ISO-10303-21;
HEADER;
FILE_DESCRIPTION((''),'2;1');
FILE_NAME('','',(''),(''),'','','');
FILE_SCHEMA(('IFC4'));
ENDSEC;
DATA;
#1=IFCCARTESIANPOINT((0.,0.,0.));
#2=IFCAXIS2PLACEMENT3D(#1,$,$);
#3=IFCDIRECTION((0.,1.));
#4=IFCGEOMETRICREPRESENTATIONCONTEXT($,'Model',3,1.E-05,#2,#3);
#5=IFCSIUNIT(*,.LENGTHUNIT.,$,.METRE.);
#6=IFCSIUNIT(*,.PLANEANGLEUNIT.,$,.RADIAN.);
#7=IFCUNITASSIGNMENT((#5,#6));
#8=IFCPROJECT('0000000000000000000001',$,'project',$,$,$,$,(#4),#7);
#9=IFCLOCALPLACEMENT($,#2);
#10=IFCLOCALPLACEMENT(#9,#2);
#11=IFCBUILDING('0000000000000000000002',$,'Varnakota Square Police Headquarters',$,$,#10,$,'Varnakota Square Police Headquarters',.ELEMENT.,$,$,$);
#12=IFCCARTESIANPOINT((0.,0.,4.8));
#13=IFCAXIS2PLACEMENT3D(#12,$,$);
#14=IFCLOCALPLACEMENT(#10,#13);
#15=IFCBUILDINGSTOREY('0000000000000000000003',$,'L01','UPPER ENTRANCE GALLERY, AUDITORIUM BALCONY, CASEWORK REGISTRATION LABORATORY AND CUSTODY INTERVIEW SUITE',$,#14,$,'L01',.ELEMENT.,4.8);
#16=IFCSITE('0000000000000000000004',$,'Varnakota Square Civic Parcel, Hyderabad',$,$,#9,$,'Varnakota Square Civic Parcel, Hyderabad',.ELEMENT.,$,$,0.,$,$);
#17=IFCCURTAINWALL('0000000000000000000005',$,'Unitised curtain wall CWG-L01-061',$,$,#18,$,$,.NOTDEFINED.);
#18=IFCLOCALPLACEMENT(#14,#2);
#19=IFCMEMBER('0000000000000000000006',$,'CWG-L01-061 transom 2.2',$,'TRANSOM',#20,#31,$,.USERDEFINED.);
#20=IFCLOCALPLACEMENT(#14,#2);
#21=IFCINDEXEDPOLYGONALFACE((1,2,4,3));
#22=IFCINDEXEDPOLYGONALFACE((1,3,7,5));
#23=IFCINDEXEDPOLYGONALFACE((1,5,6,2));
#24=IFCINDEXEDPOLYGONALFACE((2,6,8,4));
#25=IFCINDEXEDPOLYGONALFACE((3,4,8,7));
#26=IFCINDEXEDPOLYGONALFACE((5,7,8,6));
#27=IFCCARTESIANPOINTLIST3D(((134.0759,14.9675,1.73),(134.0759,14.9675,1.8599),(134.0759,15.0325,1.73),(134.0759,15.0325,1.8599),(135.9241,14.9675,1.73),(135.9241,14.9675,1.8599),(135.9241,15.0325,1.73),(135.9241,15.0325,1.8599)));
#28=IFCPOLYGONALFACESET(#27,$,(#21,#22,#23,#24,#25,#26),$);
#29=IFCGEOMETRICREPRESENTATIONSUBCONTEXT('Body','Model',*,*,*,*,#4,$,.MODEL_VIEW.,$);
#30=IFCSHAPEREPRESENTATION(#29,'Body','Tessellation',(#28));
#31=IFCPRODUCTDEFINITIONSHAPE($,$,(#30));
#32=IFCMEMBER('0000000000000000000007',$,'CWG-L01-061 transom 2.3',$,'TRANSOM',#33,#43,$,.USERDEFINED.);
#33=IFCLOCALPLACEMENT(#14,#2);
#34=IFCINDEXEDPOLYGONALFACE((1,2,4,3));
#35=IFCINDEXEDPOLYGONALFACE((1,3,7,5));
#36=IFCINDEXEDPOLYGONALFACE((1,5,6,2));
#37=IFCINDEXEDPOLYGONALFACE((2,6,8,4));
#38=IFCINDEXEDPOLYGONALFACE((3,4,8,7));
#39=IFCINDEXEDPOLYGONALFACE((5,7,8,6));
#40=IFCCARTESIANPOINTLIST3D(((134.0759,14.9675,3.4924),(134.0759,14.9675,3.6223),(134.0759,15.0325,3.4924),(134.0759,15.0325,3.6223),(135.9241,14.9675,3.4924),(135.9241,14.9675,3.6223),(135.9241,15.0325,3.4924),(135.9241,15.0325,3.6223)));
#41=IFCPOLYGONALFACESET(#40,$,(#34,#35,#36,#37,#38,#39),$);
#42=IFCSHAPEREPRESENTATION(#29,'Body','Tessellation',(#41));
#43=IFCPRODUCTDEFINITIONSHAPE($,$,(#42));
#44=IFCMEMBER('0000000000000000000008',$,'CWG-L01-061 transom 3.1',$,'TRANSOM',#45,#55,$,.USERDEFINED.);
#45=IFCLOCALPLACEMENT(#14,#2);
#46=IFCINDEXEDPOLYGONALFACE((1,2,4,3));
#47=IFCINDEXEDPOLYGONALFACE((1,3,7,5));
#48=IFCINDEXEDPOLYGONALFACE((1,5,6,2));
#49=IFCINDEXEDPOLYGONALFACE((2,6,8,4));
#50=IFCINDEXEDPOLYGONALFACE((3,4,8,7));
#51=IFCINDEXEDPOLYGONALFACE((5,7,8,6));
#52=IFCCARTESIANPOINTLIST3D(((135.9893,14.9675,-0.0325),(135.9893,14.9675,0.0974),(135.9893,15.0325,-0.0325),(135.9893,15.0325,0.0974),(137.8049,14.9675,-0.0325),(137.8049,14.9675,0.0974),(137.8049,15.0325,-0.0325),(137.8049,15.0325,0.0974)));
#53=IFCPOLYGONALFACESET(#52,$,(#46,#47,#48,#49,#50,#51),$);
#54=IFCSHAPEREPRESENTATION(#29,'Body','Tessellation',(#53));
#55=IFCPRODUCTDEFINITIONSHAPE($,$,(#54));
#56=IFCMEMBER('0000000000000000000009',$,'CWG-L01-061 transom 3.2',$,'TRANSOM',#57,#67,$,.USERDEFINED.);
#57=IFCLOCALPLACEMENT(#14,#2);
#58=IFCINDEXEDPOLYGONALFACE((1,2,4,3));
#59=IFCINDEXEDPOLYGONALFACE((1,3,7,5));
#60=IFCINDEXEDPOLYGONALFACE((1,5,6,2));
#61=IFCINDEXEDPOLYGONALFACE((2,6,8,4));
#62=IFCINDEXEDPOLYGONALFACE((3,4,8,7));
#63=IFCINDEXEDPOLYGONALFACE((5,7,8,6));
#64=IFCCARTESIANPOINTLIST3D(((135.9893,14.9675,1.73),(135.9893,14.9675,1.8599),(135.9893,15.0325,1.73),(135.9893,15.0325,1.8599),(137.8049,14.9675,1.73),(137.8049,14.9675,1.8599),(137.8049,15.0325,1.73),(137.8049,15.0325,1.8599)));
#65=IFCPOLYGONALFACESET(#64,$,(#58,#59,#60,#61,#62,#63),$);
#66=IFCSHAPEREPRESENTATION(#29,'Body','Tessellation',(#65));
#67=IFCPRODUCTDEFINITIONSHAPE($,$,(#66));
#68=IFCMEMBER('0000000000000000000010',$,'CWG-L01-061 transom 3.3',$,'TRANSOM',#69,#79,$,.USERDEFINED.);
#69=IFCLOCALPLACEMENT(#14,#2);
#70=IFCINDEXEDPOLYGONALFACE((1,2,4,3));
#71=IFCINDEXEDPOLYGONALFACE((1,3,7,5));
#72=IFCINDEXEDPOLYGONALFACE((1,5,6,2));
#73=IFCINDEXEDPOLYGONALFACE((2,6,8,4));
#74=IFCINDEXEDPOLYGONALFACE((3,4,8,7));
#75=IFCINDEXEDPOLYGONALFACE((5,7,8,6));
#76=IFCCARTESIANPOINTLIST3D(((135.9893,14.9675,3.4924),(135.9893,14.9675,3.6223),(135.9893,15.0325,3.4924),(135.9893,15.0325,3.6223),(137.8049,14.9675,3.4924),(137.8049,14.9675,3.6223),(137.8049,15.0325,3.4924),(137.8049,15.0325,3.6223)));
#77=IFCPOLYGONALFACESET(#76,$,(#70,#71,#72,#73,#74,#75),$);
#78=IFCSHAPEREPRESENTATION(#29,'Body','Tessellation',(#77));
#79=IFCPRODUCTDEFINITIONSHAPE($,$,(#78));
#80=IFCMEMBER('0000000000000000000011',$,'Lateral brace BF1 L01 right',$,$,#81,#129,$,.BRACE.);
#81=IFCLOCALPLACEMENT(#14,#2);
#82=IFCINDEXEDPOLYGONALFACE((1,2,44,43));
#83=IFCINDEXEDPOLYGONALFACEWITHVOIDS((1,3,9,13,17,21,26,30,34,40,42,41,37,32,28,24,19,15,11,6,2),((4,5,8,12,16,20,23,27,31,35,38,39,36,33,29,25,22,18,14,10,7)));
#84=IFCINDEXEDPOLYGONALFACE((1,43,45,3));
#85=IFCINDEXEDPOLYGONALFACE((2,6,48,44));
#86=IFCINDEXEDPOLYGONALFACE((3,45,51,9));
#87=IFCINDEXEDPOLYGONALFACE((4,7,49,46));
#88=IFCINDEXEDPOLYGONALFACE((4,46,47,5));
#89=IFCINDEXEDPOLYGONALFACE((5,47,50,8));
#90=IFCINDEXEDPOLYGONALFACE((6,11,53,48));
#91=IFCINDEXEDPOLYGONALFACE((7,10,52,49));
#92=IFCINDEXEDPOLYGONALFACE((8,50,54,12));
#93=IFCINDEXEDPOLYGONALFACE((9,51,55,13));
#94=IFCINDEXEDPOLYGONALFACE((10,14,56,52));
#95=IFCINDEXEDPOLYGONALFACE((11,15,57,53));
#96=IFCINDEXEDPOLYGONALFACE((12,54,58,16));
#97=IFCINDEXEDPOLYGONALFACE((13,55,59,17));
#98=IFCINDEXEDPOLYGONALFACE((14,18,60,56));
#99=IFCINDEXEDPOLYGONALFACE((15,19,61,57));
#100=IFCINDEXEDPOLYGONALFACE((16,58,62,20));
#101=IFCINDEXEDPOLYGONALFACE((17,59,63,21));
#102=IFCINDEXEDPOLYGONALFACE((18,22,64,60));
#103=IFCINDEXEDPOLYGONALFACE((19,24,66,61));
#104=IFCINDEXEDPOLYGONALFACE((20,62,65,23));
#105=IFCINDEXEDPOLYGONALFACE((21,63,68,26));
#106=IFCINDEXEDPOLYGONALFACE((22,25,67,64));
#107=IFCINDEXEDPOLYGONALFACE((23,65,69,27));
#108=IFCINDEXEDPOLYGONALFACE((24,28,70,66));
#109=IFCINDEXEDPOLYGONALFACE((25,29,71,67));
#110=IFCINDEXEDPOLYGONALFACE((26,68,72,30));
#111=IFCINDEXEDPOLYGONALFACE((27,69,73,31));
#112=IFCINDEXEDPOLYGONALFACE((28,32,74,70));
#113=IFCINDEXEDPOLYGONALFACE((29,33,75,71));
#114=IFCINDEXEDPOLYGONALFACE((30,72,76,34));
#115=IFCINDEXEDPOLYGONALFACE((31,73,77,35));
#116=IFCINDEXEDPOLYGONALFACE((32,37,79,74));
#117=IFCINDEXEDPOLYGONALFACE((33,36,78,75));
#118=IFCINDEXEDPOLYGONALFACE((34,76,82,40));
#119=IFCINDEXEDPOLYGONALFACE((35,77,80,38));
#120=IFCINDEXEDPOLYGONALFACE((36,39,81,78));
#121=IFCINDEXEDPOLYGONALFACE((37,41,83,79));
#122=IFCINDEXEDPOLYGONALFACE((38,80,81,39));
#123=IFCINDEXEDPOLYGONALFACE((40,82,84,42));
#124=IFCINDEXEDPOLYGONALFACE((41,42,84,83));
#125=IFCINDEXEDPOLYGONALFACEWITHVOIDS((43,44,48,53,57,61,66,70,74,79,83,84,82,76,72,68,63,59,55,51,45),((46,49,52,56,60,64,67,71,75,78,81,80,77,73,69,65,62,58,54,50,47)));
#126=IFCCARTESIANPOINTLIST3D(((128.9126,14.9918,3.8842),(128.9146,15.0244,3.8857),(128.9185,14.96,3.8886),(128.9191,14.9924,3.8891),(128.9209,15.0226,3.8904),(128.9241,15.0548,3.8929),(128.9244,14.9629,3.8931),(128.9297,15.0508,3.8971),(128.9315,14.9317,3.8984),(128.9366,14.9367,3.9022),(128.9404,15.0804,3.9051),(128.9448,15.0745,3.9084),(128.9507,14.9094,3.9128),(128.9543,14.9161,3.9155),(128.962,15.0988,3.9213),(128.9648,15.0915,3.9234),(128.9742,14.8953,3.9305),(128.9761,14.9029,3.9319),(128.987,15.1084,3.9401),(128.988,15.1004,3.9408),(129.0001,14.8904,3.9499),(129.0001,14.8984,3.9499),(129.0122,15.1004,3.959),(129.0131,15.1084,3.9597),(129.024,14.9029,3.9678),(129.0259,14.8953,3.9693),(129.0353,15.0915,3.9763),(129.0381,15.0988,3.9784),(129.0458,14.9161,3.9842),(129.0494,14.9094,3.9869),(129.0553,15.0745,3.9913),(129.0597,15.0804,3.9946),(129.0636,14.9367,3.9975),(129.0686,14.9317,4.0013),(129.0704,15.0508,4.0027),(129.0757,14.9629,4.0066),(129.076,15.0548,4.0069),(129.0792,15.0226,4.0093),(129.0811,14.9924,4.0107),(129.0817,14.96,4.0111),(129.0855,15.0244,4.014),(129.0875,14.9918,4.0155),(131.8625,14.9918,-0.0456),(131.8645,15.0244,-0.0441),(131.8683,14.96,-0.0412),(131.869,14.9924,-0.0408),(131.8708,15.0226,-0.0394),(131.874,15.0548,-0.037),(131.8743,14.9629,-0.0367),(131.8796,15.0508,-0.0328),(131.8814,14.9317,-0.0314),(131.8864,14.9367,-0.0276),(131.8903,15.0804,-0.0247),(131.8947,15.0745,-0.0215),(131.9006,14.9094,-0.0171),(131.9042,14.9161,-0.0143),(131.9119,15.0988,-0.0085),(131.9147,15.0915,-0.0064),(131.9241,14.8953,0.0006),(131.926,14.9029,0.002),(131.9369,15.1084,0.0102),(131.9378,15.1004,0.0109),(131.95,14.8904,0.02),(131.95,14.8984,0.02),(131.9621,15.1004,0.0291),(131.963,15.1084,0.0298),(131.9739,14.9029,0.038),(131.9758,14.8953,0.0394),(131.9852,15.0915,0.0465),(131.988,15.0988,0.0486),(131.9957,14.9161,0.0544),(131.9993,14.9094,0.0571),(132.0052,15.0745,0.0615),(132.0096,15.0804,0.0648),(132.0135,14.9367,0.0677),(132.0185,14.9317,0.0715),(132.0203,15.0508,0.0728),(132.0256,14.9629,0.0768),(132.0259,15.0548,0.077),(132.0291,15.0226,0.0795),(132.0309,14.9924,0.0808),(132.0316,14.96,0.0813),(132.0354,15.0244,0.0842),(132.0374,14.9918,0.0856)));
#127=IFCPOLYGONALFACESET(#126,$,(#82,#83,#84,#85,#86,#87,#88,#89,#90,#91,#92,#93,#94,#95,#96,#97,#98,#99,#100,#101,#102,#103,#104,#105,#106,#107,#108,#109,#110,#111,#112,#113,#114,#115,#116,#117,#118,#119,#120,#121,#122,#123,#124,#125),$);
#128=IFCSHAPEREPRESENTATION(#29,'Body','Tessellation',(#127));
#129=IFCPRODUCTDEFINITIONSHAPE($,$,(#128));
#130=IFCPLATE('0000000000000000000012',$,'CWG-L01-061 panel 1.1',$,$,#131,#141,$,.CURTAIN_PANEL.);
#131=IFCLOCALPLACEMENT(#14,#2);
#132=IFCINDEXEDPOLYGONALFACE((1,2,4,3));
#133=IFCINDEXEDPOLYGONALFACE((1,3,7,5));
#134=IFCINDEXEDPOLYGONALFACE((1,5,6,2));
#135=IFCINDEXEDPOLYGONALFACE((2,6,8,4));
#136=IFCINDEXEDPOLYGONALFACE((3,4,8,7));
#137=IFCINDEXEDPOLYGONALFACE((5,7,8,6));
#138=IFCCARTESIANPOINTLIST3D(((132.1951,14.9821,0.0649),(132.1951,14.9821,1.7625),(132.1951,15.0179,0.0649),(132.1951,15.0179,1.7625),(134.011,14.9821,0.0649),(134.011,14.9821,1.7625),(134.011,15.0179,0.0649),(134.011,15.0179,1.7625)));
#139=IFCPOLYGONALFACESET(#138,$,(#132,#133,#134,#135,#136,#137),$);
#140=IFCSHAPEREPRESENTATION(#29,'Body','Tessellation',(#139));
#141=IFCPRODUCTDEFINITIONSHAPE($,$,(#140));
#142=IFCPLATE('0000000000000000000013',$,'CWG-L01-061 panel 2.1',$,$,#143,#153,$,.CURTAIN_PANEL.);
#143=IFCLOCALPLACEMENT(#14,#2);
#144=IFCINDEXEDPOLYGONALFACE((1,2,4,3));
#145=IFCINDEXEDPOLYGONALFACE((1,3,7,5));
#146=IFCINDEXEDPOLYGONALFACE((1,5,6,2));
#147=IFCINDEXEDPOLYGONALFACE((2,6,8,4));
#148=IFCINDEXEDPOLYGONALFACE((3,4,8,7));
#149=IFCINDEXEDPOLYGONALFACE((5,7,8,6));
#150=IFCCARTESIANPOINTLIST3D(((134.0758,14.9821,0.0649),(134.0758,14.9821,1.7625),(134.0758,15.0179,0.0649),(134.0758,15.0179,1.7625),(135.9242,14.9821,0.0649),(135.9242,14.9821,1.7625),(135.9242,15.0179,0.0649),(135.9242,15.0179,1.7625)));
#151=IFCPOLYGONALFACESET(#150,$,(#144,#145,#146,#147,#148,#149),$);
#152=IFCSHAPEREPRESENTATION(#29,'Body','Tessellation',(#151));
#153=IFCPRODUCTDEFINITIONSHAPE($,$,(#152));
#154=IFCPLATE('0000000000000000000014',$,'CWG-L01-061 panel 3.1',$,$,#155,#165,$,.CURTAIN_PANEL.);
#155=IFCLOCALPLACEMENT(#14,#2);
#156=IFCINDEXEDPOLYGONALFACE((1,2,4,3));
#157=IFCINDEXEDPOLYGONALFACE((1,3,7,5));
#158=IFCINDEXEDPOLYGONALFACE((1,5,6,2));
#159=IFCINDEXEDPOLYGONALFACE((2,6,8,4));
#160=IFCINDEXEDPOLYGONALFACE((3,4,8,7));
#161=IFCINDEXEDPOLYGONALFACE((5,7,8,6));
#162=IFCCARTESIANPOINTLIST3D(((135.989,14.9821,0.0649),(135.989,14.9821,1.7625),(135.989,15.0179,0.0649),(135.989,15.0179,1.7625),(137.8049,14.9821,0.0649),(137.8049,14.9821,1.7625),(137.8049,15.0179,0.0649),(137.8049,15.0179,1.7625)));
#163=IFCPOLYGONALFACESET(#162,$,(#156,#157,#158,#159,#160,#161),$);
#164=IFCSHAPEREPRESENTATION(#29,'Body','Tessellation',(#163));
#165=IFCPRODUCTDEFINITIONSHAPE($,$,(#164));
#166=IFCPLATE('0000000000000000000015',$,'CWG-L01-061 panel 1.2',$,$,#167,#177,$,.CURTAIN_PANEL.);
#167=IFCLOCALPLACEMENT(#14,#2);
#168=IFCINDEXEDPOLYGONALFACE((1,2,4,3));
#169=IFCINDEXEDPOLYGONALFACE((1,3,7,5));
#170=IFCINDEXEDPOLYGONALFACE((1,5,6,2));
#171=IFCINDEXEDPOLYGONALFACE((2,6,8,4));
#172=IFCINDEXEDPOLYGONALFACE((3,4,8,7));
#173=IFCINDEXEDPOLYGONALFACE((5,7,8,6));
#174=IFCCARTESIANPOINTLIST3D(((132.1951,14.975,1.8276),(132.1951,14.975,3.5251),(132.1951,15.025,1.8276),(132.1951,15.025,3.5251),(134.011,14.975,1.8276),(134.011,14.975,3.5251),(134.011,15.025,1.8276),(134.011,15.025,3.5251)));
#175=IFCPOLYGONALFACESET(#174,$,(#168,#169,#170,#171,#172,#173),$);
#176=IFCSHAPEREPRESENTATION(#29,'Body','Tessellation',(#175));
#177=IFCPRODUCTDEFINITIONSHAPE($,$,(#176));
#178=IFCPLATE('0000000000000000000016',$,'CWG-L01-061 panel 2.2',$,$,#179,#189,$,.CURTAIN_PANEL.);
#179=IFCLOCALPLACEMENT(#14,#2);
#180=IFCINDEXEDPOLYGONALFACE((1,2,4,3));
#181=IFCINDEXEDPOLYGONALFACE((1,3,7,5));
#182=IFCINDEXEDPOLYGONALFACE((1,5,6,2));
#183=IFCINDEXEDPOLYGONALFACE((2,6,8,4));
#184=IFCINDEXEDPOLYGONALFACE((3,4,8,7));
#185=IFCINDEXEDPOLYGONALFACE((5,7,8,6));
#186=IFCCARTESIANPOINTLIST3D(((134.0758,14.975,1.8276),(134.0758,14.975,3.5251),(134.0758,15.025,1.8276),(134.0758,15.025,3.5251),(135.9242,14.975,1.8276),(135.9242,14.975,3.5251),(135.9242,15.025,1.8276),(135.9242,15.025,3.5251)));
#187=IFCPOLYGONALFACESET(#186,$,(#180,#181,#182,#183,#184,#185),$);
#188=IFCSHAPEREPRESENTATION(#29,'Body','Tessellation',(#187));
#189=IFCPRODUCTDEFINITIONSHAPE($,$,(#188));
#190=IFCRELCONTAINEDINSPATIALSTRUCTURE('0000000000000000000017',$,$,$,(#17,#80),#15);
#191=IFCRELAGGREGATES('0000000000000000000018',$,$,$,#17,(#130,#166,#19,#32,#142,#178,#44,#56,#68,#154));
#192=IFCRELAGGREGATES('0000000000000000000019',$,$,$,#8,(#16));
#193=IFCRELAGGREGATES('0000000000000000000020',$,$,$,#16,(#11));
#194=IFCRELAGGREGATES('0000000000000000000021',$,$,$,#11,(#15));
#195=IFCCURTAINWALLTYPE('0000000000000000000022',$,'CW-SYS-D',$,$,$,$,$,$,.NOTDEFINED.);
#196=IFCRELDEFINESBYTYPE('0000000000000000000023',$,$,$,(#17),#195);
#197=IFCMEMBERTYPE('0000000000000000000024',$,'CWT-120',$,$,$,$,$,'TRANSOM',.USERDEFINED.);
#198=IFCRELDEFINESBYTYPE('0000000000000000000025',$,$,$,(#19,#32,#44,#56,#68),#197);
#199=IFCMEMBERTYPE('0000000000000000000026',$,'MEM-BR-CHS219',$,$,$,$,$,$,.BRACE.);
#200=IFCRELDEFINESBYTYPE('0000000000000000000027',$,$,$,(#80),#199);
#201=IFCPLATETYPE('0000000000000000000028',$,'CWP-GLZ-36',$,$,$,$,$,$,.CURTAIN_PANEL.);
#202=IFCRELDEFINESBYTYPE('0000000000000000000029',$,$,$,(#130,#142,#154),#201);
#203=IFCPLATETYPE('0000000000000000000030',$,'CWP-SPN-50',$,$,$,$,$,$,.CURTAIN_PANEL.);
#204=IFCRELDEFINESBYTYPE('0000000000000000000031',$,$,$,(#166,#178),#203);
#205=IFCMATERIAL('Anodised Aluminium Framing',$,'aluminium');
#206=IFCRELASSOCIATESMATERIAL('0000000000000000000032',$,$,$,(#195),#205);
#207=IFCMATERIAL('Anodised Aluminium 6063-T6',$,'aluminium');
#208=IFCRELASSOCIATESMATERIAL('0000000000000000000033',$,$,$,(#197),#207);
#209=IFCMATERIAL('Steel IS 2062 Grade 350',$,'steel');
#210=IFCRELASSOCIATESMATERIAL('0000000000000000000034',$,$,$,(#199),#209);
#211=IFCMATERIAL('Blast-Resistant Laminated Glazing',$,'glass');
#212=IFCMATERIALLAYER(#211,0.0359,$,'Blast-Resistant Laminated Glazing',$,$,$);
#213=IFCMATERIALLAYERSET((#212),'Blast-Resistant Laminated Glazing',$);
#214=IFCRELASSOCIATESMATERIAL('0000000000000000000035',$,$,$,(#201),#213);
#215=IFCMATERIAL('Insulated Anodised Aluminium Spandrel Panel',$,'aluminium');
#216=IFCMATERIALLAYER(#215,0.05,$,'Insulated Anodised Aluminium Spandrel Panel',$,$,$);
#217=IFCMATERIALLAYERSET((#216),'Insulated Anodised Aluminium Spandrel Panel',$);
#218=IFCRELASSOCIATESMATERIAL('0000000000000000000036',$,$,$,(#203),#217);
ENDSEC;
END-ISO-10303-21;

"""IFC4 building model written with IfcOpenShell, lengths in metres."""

from ifc_helpers import new_model, si_unit, direction, frame, origin, origin_2d, place, context, subcontext, project, spatial, rectangle, hollow_circle, extrude, material, layer, layer_set, material_profile, profile_set, type_object, element, aggregate, save


model = new_model("IFC4")

# Units and contexts
model_context = context("Model", 3, precision=1e-05, world=origin(), true_north=direction((0.0, 1.0)))
body_context = subcontext(model_context, "Body", "Model", "MODEL_VIEW")
ifc_project = project(units=[si_unit("LENGTHUNIT", "METRE"), si_unit("PLANEANGLEUNIT", "RADIAN")], contexts=[model_context])

# Site, building, storey
site_placement = place(None, origin())
site = spatial("IfcSite", under=ifc_project, at=site_placement, Name="Varnakota Square Civic Parcel, Hyderabad", LongName="Varnakota Square Civic Parcel, Hyderabad", CompositionType="ELEMENT", RefElevation=0.0)
building_placement = place(site_placement, origin())
building = spatial("IfcBuilding", under=site, at=building_placement, Name="Varnakota Square Police Headquarters", LongName="Varnakota Square Police Headquarters", CompositionType="ELEMENT")
storey_placement = place(building_placement, frame((0.0, 0.0, 4.8)))
storey = spatial("IfcBuildingStorey", under=building, at=storey_placement, Name="L01", Description="UPPER ENTRANCE GALLERY, AUDITORIUM BALCONY, CASEWORK REGISTRATION LABORATORY AND CUSTODY INTERVIEW SUITE", LongName="L01", CompositionType="ELEMENT", Elevation=4.8)

# Shared definitions
ifc_material_1 = material(Name="Steel IS 2062 Grade 350", Category="steel")

# Curtain wall, members
ifc_material_2 = material(Name="Anodised Aluminium Framing", Category="aluminium")
curtain_wall_type = type_object("IfcCurtainWallType", Name="CW-SYS-D", PredefinedType="NOTDEFINED", material=ifc_material_2)
curtain_wall_placement = place(storey_placement, origin())
curtain_wall = element("IfcCurtainWall", 1, at=curtain_wall_placement, inside=storey, type_object=curtain_wall_type, Name="Unitised curtain wall CWG-L01-061", PredefinedType="NOTDEFINED")
ifc_material_3 = material(Name="Anodised Aluminium 6063-T6", Category="aluminium")
ifc_material_profile_1 = material_profile(ifc_material_3, rectangle(XDim=0.0649, YDim=0.1299, at=origin_2d()), Name="ALU TRANSOM 65x130")
ifc_profile_set_1 = profile_set([ifc_material_profile_1], Name="Anodised Aluminium 6063-T6")
member_type_1 = type_object("IfcMemberType", Name="CWT-120", ElementType="TRANSOM", PredefinedType="USERDEFINED", material=ifc_profile_set_1)
member_1_placement = place(storey_placement, frame((134.0759, 15.0, 1.7949), z_axis=(1.0, 0.0, 0.0), x_axis=(0.0, 1.0, 0.0)))
member_1 = element("IfcMember", 2, at=member_1_placement, type_object=member_type_1, Name="CWG-L01-061 transom 2.2", ObjectType="TRANSOM", PredefinedType="USERDEFINED", context=body_context, shape_type="SweptSolid", body=[
    extrude(rectangle(XDim=0.0649, YDim=0.1299, at=origin_2d()), origin(), (0.0, 0.0, 1.0), 1.8481),
])
member_2_placement = place(storey_placement, frame((134.0759, 15.0, 3.5574), z_axis=(1.0, 0.0, 0.0), x_axis=(0.0, 1.0, 0.0)))
member_2 = element("IfcMember", 3, at=member_2_placement, type_object=member_type_1, Name="CWG-L01-061 transom 2.3", ObjectType="TRANSOM", PredefinedType="USERDEFINED", context=body_context, shape_type="SweptSolid", body=[
    extrude(rectangle(XDim=0.0649, YDim=0.1299, at=origin_2d()), origin(), (0.0, 0.0, 1.0), 1.8481),
])
member_3_placement = place(storey_placement, frame((135.9893, 15.0, 0.0325), z_axis=(1.0, 0.0, 0.0), x_axis=(0.0, 1.0, 0.0)))
member_3 = element("IfcMember", 4, at=member_3_placement, type_object=member_type_1, Name="CWG-L01-061 transom 3.1", ObjectType="TRANSOM", PredefinedType="USERDEFINED", context=body_context, shape_type="SweptSolid", body=[
    extrude(rectangle(XDim=0.0649, YDim=0.1299, at=origin_2d()), origin(), (0.0, 0.0, 1.0), 1.8157),
])
member_4_placement = place(storey_placement, frame((135.9893, 15.0, 1.7949), z_axis=(1.0, 0.0, 0.0), x_axis=(0.0, 1.0, 0.0)))
member_4 = element("IfcMember", 5, at=member_4_placement, type_object=member_type_1, Name="CWG-L01-061 transom 3.2", ObjectType="TRANSOM", PredefinedType="USERDEFINED", context=body_context, shape_type="SweptSolid", body=[
    extrude(rectangle(XDim=0.0649, YDim=0.1299, at=origin_2d()), origin(), (0.0, 0.0, 1.0), 1.8157),
])
member_5_placement = place(storey_placement, frame((135.9893, 15.0, 3.5574), z_axis=(1.0, 0.0, 0.0), x_axis=(0.0, 1.0, 0.0)))
member_5 = element("IfcMember", 6, at=member_5_placement, type_object=member_type_1, Name="CWG-L01-061 transom 3.3", ObjectType="TRANSOM", PredefinedType="USERDEFINED", context=body_context, shape_type="SweptSolid", body=[
    extrude(rectangle(XDim=0.0649, YDim=0.1299, at=origin_2d()), origin(), (0.0, 0.0, 1.0), 1.8157),
])

# Member
ifc_material_profile_2 = material_profile(ifc_material_1, hollow_circle(Radius=0.1096, WallThickness=0.0081, at=origin_2d()), Name="CHS 219.1x8.0")
ifc_profile_set_2 = profile_set([ifc_material_profile_2], Name="Steel IS 2062 Grade 350")
member_type_2 = type_object("IfcMemberType", Name="MEM-BR-CHS219", PredefinedType="BRACE", material=ifc_profile_set_2)
member_6_placement = place(storey_placement, frame((131.95, 15.0, 0.02), z_axis=(-0.600326, 0.0, 0.799755), x_axis=(0.0, -1.0, 0.0)))
element("IfcMember", 7, at=member_6_placement, inside=storey, type_object=member_type_2, Name="Lateral brace BF1 L01 right", PredefinedType="BRACE", context=body_context, shape_type="SweptSolid", body=[
    extrude(hollow_circle(Radius=0.1096, WallThickness=0.0081, at=origin_2d()), origin(), (0.0, 0.0, 1.0), 4.9138),
])

# Plates
ifc_material_4 = material(Name="Blast-Resistant Laminated Glazing", Category="glass")
ifc_layer_1 = layer(ifc_material_4, 0.0359, Name="Blast-Resistant Laminated Glazing")
ifc_layer_set_1 = layer_set([ifc_layer_1], Name="Blast-Resistant Laminated Glazing")
plate_type_1 = type_object("IfcPlateType", Name="CWP-GLZ-36", PredefinedType="CURTAIN_PANEL", material=ifc_layer_set_1)
plate_1_placement = place(storey_placement, frame((133.103, 15.0, 0.0649), z_axis=(0.0, 0.0, 1.0), x_axis=(1.0, 0.0, 0.0)))
plate_1 = element("IfcPlate", 8, at=plate_1_placement, type_object=plate_type_1, Name="CWG-L01-061 panel 1.1", PredefinedType="CURTAIN_PANEL", context=body_context, shape_type="SweptSolid", body=[
    extrude(rectangle(XDim=1.8159, YDim=0.0359, at=origin_2d()), origin(), (0.0, 0.0, 1.0), 1.6975),
])
plate_2_placement = place(storey_placement, frame((135.0, 15.0, 0.0649), z_axis=(0.0, 0.0, 1.0), x_axis=(1.0, 0.0, 0.0)))
plate_2 = element("IfcPlate", 9, at=plate_2_placement, type_object=plate_type_1, Name="CWG-L01-061 panel 2.1", PredefinedType="CURTAIN_PANEL", context=body_context, shape_type="SweptSolid", body=[
    extrude(rectangle(XDim=1.8484, YDim=0.0359, at=origin_2d()), origin(), (0.0, 0.0, 1.0), 1.6975),
])
plate_3_placement = place(storey_placement, frame((136.897, 15.0, 0.0649), z_axis=(0.0, 0.0, 1.0), x_axis=(1.0, 0.0, 0.0)))
plate_3 = element("IfcPlate", 10, at=plate_3_placement, type_object=plate_type_1, Name="CWG-L01-061 panel 3.1", PredefinedType="CURTAIN_PANEL", context=body_context, shape_type="SweptSolid", body=[
    extrude(rectangle(XDim=1.8159, YDim=0.0359, at=origin_2d()), origin(), (0.0, 0.0, 1.0), 1.6975),
])
ifc_material_5 = material(Name="Insulated Anodised Aluminium Spandrel Panel", Category="aluminium")
ifc_layer_2 = layer(ifc_material_5, 0.05, Name="Insulated Anodised Aluminium Spandrel Panel")
ifc_layer_set_2 = layer_set([ifc_layer_2], Name="Insulated Anodised Aluminium Spandrel Panel")
plate_type_2 = type_object("IfcPlateType", Name="CWP-SPN-50", PredefinedType="CURTAIN_PANEL", material=ifc_layer_set_2)
plate_4_placement = place(storey_placement, frame((133.103, 15.0, 1.8276), z_axis=(0.0, 0.0, 1.0), x_axis=(1.0, 0.0, 0.0)))
plate_4 = element("IfcPlate", 11, at=plate_4_placement, type_object=plate_type_2, Name="CWG-L01-061 panel 1.2", PredefinedType="CURTAIN_PANEL", context=body_context, shape_type="SweptSolid", body=[
    extrude(rectangle(XDim=1.8159, YDim=0.05, at=origin_2d()), origin(), (0.0, 0.0, 1.0), 1.6975),
])
plate_5_placement = place(storey_placement, frame((135.0, 15.0, 1.8276), z_axis=(0.0, 0.0, 1.0), x_axis=(1.0, 0.0, 0.0)))
plate_5 = element("IfcPlate", 12, at=plate_5_placement, type_object=plate_type_2, Name="CWG-L01-061 panel 2.2", PredefinedType="CURTAIN_PANEL", context=body_context, shape_type="SweptSolid", body=[
    extrude(rectangle(XDim=1.8484, YDim=0.05, at=origin_2d()), origin(), (0.0, 0.0, 1.0), 1.6975),
])
aggregate(curtain_wall, [plate_1, plate_4, member_1, member_2, plate_2, plate_5, member_3, member_4, member_5, plate_3])

save(model, "model.ifc")
